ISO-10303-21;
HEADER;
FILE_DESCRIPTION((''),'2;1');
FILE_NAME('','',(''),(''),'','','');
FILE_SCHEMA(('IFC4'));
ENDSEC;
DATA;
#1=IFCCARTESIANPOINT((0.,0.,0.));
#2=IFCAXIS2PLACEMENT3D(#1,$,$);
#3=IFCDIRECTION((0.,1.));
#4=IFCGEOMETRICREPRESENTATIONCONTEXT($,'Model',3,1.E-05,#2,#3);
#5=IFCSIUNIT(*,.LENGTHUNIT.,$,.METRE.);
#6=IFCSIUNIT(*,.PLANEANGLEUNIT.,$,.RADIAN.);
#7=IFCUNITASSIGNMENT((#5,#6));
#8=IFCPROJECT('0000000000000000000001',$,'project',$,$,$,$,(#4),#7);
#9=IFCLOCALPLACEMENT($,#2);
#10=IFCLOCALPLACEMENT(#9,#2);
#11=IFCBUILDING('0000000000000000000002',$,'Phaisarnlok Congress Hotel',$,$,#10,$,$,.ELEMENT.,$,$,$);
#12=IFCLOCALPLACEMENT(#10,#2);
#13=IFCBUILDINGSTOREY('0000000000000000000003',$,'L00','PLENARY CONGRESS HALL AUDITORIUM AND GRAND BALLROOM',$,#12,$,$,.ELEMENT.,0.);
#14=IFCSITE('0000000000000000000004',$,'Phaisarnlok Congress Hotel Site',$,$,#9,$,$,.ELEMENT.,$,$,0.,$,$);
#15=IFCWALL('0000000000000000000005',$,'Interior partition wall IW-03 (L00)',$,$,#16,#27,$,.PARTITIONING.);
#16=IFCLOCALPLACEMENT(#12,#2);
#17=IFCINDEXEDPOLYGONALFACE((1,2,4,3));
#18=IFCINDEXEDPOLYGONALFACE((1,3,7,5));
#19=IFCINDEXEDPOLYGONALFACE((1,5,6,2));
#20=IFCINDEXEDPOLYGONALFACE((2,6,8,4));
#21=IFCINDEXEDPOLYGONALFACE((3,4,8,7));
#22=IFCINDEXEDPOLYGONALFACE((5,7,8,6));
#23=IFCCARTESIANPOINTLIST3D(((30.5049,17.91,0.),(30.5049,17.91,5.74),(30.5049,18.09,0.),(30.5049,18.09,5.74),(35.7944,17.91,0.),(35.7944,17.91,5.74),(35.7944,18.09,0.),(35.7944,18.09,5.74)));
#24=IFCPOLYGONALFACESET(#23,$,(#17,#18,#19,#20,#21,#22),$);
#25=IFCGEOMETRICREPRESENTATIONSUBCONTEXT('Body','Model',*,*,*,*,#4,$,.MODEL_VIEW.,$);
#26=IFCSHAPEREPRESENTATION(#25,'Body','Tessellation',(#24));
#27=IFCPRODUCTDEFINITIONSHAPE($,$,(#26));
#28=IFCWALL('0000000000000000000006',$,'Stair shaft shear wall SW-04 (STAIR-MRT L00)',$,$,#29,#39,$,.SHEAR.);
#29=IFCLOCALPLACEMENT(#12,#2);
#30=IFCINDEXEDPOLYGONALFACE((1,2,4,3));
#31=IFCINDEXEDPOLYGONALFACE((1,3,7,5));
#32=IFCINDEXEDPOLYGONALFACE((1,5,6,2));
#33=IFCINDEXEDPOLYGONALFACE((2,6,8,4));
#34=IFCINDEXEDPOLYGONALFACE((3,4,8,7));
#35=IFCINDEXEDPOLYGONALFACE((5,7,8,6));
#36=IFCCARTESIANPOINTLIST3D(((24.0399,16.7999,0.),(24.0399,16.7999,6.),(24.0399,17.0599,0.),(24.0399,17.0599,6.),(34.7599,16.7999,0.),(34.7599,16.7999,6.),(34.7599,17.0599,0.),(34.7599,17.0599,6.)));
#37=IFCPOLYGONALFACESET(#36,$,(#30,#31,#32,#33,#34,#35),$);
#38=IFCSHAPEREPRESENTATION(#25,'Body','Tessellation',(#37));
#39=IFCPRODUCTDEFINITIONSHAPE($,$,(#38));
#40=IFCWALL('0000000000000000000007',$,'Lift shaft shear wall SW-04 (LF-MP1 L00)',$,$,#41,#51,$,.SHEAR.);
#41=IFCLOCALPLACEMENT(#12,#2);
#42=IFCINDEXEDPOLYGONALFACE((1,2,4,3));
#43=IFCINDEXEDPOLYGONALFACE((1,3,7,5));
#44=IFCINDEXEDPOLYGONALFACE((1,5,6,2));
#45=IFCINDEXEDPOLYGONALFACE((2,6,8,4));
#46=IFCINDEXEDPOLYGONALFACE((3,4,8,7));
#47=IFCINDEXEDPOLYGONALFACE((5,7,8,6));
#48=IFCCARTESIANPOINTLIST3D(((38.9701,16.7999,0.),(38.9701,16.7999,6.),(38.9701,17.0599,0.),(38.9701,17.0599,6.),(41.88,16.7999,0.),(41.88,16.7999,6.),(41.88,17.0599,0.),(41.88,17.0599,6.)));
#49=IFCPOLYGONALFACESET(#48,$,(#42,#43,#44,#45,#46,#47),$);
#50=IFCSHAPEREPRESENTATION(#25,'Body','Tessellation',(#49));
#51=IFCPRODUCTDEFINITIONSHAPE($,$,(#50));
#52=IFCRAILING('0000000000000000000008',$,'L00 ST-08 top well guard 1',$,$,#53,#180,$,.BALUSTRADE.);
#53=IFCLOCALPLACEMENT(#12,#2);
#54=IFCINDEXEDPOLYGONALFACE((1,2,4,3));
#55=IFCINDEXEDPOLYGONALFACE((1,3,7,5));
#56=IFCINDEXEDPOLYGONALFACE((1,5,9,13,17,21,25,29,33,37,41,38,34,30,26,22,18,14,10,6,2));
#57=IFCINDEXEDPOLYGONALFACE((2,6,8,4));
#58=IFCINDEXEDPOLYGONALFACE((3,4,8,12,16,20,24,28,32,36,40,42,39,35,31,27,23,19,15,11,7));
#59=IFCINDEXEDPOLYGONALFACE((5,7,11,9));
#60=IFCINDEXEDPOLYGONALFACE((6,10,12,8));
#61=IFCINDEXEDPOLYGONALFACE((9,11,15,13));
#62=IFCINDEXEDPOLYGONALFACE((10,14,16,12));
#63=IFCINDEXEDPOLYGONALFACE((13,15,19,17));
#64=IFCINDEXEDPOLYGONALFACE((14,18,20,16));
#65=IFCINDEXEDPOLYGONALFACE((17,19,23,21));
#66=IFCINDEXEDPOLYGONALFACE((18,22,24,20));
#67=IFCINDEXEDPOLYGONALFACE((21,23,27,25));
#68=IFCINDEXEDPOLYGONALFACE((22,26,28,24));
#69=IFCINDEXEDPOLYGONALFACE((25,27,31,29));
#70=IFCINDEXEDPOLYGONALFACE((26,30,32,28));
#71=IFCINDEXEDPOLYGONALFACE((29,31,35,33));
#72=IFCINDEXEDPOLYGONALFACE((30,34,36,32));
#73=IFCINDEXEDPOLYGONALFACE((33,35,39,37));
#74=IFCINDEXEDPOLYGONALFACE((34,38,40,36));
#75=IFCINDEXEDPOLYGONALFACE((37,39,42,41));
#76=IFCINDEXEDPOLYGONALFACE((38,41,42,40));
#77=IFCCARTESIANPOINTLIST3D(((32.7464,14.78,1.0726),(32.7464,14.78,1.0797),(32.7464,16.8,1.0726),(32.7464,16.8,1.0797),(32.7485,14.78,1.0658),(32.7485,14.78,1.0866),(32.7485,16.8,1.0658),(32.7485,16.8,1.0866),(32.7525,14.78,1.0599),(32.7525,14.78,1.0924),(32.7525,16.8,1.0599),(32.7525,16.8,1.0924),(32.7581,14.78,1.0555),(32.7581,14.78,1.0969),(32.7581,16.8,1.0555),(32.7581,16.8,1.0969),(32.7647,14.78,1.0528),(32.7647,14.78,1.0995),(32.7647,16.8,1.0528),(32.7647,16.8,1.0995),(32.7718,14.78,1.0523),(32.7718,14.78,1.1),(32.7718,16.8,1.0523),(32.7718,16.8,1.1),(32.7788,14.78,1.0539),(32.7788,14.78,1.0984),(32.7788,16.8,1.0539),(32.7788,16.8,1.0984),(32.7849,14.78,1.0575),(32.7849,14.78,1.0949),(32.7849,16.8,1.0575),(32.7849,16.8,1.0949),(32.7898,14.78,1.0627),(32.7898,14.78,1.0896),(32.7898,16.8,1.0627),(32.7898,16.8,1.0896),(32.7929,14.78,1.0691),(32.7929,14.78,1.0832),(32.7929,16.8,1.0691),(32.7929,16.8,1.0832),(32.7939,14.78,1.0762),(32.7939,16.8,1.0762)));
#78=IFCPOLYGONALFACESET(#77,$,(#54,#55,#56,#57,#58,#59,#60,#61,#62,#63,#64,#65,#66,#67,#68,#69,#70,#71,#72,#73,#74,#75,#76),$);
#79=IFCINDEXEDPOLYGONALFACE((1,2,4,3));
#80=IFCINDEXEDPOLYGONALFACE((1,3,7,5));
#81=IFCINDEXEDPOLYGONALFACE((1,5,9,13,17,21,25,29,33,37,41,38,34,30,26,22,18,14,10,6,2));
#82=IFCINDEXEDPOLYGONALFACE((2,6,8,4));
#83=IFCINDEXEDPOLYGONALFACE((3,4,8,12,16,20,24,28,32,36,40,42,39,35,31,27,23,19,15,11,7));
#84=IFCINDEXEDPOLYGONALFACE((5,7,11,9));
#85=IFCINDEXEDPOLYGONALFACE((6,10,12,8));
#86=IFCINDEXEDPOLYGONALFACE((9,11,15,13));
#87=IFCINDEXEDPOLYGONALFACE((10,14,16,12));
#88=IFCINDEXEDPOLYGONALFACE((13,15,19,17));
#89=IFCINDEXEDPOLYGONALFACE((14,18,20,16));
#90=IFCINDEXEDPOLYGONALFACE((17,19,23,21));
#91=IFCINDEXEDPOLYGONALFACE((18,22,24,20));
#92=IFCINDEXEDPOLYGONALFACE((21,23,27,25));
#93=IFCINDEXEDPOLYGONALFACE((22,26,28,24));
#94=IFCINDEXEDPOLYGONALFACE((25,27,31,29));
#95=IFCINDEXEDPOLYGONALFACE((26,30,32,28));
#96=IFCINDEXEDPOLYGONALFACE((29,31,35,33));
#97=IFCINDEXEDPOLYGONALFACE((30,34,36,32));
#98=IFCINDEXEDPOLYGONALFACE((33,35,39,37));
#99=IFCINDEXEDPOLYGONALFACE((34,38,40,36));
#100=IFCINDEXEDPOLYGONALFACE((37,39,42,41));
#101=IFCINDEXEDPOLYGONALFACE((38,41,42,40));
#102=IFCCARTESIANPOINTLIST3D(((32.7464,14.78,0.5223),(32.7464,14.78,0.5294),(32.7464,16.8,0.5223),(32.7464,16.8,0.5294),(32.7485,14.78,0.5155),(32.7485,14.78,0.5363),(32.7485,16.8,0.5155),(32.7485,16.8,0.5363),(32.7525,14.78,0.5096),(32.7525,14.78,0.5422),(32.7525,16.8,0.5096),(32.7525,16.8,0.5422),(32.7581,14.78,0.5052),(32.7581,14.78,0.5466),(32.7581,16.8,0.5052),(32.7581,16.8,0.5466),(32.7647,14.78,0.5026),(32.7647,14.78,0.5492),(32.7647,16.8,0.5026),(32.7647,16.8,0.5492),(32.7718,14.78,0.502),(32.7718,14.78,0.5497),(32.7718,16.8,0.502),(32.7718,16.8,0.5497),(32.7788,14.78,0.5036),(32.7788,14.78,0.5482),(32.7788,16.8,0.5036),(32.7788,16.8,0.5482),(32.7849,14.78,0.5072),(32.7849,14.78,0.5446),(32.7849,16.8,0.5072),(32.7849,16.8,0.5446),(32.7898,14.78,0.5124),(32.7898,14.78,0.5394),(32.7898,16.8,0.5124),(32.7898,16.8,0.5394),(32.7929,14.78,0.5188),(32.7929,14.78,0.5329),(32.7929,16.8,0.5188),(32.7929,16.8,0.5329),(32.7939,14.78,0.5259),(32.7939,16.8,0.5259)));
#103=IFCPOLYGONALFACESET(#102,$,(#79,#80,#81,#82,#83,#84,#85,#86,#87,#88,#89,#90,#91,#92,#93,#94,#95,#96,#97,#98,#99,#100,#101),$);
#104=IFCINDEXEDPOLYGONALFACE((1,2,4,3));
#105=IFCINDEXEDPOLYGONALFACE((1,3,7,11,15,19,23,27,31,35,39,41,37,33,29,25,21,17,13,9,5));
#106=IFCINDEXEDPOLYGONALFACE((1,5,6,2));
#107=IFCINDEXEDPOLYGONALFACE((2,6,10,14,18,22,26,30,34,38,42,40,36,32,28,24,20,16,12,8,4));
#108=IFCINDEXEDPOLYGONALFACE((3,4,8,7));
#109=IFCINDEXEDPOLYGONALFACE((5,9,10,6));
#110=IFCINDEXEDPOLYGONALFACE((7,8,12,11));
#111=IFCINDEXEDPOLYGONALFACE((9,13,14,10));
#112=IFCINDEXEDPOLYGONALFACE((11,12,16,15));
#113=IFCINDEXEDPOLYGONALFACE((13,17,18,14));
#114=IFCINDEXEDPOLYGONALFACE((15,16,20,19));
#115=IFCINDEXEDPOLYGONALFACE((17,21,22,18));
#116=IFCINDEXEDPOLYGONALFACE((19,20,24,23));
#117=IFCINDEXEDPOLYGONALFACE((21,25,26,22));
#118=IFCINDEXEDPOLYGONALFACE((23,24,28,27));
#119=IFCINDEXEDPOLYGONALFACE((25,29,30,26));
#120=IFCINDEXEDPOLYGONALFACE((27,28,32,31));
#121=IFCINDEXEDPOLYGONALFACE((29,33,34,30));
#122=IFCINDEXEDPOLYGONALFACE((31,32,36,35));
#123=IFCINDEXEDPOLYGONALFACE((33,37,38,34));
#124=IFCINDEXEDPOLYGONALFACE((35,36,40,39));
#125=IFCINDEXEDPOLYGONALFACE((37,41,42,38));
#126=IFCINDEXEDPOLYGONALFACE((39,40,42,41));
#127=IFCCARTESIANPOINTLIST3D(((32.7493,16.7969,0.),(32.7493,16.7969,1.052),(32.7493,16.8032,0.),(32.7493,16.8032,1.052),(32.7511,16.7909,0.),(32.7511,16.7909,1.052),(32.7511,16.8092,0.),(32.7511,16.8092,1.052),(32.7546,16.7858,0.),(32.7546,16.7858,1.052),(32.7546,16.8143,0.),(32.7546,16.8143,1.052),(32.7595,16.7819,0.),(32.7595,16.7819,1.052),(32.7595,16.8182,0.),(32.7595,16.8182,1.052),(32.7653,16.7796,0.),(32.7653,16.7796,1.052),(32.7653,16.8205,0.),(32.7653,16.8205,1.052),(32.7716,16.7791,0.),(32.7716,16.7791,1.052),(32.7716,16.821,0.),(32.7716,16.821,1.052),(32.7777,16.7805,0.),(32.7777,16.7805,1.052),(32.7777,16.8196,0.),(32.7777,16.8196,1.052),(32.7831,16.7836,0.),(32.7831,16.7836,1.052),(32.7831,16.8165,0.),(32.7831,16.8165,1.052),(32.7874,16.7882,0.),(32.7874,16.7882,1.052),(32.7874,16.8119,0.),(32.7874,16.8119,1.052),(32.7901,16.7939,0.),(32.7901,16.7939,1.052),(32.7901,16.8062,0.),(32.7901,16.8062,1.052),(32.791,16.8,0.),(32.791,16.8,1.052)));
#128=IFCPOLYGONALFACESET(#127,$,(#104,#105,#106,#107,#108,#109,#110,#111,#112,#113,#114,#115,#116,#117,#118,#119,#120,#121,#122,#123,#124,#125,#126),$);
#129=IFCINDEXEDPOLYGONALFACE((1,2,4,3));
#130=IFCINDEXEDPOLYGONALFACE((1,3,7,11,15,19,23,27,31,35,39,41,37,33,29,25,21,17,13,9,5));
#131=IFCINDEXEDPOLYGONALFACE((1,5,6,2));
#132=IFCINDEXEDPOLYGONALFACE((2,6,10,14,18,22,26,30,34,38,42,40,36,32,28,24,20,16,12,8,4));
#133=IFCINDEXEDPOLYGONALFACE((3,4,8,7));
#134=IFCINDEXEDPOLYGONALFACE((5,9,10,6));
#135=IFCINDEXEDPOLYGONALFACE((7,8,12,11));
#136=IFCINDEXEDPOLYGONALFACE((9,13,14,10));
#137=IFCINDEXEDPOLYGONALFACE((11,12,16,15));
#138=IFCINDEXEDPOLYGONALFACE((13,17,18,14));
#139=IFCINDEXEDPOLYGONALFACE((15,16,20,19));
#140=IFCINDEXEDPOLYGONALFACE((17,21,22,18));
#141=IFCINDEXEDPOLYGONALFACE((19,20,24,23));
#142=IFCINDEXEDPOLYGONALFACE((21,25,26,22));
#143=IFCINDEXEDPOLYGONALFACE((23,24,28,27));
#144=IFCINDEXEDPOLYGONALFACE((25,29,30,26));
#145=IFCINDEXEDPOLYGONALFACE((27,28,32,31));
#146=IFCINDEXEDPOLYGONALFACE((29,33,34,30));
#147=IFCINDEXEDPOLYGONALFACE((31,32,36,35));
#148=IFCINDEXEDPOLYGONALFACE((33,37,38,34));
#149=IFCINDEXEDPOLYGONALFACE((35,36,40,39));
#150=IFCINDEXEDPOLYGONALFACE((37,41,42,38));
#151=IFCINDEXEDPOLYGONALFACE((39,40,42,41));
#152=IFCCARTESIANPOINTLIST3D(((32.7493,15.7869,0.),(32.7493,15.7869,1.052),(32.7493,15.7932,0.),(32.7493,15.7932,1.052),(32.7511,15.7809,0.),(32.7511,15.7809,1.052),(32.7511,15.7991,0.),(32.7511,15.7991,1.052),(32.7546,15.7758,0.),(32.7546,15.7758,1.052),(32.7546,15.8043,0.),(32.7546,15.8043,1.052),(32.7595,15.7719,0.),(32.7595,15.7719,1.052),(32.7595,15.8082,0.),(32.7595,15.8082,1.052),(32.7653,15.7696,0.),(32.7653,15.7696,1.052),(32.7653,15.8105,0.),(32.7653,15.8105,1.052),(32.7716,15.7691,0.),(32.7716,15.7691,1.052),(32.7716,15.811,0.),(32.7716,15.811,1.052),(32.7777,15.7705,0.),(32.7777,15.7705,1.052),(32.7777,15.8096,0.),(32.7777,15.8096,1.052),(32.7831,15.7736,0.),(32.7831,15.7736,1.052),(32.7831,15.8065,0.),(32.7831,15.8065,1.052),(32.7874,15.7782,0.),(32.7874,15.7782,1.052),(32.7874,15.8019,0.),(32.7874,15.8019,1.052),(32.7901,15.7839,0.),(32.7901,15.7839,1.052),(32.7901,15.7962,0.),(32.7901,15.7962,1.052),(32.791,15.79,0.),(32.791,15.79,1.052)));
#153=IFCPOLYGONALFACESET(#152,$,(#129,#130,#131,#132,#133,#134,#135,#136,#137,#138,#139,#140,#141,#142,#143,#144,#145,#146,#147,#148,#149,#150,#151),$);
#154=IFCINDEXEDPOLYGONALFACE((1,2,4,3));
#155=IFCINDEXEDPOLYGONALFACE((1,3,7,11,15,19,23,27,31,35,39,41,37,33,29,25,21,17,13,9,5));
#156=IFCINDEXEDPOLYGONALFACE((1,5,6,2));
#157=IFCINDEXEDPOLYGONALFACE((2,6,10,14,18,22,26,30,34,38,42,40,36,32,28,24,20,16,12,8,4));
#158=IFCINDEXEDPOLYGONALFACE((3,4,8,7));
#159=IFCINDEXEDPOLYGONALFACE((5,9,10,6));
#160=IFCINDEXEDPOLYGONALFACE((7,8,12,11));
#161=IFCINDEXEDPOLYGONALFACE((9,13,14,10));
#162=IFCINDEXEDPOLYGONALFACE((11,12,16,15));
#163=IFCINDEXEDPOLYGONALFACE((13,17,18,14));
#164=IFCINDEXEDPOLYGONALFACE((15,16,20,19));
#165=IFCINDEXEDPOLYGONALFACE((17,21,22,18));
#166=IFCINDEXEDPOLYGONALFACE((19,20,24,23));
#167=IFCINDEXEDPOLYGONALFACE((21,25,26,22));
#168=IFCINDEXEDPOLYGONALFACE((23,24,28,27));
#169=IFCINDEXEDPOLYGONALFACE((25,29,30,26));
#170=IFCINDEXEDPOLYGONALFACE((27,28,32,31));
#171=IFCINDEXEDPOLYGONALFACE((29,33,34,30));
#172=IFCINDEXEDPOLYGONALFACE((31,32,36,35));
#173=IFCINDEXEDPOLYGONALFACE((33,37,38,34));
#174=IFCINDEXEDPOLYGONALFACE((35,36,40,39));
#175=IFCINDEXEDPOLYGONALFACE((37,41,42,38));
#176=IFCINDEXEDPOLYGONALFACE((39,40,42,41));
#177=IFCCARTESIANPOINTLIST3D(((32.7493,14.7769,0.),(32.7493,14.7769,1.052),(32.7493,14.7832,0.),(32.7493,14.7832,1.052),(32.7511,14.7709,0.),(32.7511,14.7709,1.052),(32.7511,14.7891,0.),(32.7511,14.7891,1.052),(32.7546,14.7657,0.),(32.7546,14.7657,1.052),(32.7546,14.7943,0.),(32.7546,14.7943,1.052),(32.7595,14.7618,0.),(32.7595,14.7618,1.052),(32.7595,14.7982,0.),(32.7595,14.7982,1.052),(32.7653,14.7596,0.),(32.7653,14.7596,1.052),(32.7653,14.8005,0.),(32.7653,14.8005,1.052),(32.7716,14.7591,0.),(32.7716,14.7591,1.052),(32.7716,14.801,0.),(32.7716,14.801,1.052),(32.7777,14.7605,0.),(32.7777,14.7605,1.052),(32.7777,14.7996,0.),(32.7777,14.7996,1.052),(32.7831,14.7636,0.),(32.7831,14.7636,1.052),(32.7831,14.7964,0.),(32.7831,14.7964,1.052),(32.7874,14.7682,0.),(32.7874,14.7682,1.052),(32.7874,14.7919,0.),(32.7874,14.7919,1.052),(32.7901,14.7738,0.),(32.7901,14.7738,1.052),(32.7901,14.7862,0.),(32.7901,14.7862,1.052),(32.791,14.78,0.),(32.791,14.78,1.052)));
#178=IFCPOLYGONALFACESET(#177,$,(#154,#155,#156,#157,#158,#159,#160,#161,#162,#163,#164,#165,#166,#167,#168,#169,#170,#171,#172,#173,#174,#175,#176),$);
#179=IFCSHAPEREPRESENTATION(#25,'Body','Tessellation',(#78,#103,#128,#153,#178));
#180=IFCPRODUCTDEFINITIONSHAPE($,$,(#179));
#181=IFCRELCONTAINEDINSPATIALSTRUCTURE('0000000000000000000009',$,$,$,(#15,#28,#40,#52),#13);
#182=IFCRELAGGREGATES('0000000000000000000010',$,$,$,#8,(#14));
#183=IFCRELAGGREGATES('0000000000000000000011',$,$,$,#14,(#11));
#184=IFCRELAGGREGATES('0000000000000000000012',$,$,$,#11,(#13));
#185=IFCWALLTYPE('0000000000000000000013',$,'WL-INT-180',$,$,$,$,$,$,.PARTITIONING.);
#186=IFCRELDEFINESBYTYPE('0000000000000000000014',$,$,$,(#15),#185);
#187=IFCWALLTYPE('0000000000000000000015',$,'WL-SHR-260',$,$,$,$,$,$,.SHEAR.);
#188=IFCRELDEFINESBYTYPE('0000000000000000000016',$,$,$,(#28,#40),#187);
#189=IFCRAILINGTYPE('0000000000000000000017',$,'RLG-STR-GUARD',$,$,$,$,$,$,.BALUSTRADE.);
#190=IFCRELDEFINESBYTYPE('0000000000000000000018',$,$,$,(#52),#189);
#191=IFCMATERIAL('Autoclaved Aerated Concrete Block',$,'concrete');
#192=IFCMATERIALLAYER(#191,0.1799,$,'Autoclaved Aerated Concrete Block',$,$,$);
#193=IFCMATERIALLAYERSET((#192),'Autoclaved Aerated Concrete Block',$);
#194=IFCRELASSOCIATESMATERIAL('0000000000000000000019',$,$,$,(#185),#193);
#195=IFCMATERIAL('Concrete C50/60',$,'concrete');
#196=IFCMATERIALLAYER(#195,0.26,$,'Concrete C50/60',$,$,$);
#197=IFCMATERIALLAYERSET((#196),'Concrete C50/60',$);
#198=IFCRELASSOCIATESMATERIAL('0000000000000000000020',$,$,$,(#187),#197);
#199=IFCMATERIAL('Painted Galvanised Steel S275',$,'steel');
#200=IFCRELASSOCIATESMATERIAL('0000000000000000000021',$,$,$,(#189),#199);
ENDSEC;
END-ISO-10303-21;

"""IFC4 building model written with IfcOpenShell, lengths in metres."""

from ifc_helpers import new_model, si_unit, direction, frame, frame_2d, origin, origin_2d, place, context, subcontext, project, spatial, rectangle, circle, extrude, material, layer, layer_set, type_object, element, save


model = new_model("IFC4")

# Units and contexts
model_context = context("Model", 3, precision=1e-05, world=origin(), true_north=direction((0.0, 1.0)))
body_context = subcontext(model_context, "Body", "Model", "MODEL_VIEW")
ifc_project = project(units=[si_unit("LENGTHUNIT", "METRE"), si_unit("PLANEANGLEUNIT", "RADIAN")], contexts=[model_context])

# Site, building, storey
site_placement = place(None, origin())
site = spatial("IfcSite", under=ifc_project, at=site_placement, Name="Phaisarnlok Congress Hotel Site", CompositionType="ELEMENT", RefElevation=0.0)
building_placement = place(site_placement, origin())
building = spatial("IfcBuilding", under=site, at=building_placement, Name="Phaisarnlok Congress Hotel", CompositionType="ELEMENT")
storey_placement = place(building_placement, origin())
storey = spatial("IfcBuildingStorey", under=building, at=storey_placement, Name="L00", Description="PLENARY CONGRESS HALL AUDITORIUM AND GRAND BALLROOM", CompositionType="ELEMENT", Elevation=0.0)

# Shared definitions
ifc_material_1 = material(Name="Concrete C50/60", Category="concrete")

# Walls
ifc_material_2 = material(Name="Autoclaved Aerated Concrete Block", Category="concrete")
ifc_layer_1 = layer(ifc_material_2, 0.1799, Name="Autoclaved Aerated Concrete Block")
ifc_layer_set_1 = layer_set([ifc_layer_1], Name="Autoclaved Aerated Concrete Block")
wall_type_1 = type_object("IfcWallType", Name="WL-INT-180", PredefinedType="PARTITIONING", material=ifc_layer_set_1)
wall_1_placement = place(storey_placement, frame((30.5049, 18.0, 0.0), z_axis=(0.0, 0.0, 1.0), x_axis=(1.0, 0.0, 0.0)))
element("IfcWall", 1, at=wall_1_placement, inside=storey, type_object=wall_type_1, Name="Interior partition wall IW-03 (L00)", PredefinedType="PARTITIONING", context=body_context, shape_type="SweptSolid", body=[
    extrude(rectangle(XDim=5.2896, YDim=0.1799, at=frame_2d((2.6448, 0.0))), origin(), (0.0, 0.0, 1.0), 5.74),
])
ifc_layer_2 = layer(ifc_material_1, 0.26, Name="Concrete C50/60")
ifc_layer_set_2 = layer_set([ifc_layer_2], Name="Concrete C50/60")
wall_type_2 = type_object("IfcWallType", Name="WL-SHR-260", PredefinedType="SHEAR", material=ifc_layer_set_2)
wall_2_placement = place(storey_placement, frame((24.04, 16.9299, 0.0), z_axis=(0.0, 0.0, 1.0), x_axis=(1.0, 0.0, 0.0)))
element("IfcWall", 2, at=wall_2_placement, inside=storey, type_object=wall_type_2, Name="Stair shaft shear wall SW-04 (STAIR-MRT L00)", PredefinedType="SHEAR", context=body_context, shape_type="SweptSolid", body=[
    extrude(rectangle(XDim=10.72, YDim=0.26, at=frame_2d((5.3599, 0.0))), origin(), (0.0, 0.0, 1.0), 6.0),
])
wall_3_placement = place(storey_placement, frame((38.97, 16.9299, 0.0), z_axis=(0.0, 0.0, 1.0), x_axis=(1.0, 0.0, 0.0)))
element("IfcWall", 3, at=wall_3_placement, inside=storey, type_object=wall_type_2, Name="Lift shaft shear wall SW-04 (LF-MP1 L00)", PredefinedType="SHEAR", context=body_context, shape_type="SweptSolid", body=[
    extrude(rectangle(XDim=2.9099, YDim=0.26, at=frame_2d((1.4551, 0.0))), origin(), (0.0, 0.0, 1.0), 6.0),
])

# Railing
ifc_material_3 = material(Name="Painted Galvanised Steel S275", Category="steel")
railing_type = type_object("IfcRailingType", Name="RLG-STR-GUARD", PredefinedType="BALUSTRADE", material=ifc_material_3)
railing_placement = place(storey_placement, frame((32.77, 16.8, 0.0)))
element("IfcRailing", 4, at=railing_placement, inside=storey, type_object=railing_type, Name="L00 ST-08 top well guard 1", PredefinedType="BALUSTRADE", context=body_context, shape_type="SweptSolid", body=[
    extrude(circle(Radius=0.0239, at=origin_2d()), frame((0.0, 0.0, 1.0762), z_axis=(0.0, -1.0, 0.0), x_axis=(1.0, 0.0, 0.0)), (0.0, 0.0, 1.0), 2.02),
    extrude(circle(Radius=0.0239, at=origin_2d()), frame((0.0, 0.0, 0.5259), z_axis=(0.0, -1.0, 0.0), x_axis=(1.0, 0.0, 0.0)), (0.0, 0.0, 1.0), 2.02),
    extrude(circle(Radius=0.021, at=origin_2d()), origin(), (0.0, 0.0, 1.0), 1.052),
    extrude(circle(Radius=0.021, at=origin_2d()), frame((0.0, -1.01, 0.0)), (0.0, 0.0, 1.0), 1.052),
    extrude(circle(Radius=0.021, at=origin_2d()), frame((0.0, -2.02, 0.0)), (0.0, 0.0, 1.0), 1.052),
])

save(model, "model.ifc")
